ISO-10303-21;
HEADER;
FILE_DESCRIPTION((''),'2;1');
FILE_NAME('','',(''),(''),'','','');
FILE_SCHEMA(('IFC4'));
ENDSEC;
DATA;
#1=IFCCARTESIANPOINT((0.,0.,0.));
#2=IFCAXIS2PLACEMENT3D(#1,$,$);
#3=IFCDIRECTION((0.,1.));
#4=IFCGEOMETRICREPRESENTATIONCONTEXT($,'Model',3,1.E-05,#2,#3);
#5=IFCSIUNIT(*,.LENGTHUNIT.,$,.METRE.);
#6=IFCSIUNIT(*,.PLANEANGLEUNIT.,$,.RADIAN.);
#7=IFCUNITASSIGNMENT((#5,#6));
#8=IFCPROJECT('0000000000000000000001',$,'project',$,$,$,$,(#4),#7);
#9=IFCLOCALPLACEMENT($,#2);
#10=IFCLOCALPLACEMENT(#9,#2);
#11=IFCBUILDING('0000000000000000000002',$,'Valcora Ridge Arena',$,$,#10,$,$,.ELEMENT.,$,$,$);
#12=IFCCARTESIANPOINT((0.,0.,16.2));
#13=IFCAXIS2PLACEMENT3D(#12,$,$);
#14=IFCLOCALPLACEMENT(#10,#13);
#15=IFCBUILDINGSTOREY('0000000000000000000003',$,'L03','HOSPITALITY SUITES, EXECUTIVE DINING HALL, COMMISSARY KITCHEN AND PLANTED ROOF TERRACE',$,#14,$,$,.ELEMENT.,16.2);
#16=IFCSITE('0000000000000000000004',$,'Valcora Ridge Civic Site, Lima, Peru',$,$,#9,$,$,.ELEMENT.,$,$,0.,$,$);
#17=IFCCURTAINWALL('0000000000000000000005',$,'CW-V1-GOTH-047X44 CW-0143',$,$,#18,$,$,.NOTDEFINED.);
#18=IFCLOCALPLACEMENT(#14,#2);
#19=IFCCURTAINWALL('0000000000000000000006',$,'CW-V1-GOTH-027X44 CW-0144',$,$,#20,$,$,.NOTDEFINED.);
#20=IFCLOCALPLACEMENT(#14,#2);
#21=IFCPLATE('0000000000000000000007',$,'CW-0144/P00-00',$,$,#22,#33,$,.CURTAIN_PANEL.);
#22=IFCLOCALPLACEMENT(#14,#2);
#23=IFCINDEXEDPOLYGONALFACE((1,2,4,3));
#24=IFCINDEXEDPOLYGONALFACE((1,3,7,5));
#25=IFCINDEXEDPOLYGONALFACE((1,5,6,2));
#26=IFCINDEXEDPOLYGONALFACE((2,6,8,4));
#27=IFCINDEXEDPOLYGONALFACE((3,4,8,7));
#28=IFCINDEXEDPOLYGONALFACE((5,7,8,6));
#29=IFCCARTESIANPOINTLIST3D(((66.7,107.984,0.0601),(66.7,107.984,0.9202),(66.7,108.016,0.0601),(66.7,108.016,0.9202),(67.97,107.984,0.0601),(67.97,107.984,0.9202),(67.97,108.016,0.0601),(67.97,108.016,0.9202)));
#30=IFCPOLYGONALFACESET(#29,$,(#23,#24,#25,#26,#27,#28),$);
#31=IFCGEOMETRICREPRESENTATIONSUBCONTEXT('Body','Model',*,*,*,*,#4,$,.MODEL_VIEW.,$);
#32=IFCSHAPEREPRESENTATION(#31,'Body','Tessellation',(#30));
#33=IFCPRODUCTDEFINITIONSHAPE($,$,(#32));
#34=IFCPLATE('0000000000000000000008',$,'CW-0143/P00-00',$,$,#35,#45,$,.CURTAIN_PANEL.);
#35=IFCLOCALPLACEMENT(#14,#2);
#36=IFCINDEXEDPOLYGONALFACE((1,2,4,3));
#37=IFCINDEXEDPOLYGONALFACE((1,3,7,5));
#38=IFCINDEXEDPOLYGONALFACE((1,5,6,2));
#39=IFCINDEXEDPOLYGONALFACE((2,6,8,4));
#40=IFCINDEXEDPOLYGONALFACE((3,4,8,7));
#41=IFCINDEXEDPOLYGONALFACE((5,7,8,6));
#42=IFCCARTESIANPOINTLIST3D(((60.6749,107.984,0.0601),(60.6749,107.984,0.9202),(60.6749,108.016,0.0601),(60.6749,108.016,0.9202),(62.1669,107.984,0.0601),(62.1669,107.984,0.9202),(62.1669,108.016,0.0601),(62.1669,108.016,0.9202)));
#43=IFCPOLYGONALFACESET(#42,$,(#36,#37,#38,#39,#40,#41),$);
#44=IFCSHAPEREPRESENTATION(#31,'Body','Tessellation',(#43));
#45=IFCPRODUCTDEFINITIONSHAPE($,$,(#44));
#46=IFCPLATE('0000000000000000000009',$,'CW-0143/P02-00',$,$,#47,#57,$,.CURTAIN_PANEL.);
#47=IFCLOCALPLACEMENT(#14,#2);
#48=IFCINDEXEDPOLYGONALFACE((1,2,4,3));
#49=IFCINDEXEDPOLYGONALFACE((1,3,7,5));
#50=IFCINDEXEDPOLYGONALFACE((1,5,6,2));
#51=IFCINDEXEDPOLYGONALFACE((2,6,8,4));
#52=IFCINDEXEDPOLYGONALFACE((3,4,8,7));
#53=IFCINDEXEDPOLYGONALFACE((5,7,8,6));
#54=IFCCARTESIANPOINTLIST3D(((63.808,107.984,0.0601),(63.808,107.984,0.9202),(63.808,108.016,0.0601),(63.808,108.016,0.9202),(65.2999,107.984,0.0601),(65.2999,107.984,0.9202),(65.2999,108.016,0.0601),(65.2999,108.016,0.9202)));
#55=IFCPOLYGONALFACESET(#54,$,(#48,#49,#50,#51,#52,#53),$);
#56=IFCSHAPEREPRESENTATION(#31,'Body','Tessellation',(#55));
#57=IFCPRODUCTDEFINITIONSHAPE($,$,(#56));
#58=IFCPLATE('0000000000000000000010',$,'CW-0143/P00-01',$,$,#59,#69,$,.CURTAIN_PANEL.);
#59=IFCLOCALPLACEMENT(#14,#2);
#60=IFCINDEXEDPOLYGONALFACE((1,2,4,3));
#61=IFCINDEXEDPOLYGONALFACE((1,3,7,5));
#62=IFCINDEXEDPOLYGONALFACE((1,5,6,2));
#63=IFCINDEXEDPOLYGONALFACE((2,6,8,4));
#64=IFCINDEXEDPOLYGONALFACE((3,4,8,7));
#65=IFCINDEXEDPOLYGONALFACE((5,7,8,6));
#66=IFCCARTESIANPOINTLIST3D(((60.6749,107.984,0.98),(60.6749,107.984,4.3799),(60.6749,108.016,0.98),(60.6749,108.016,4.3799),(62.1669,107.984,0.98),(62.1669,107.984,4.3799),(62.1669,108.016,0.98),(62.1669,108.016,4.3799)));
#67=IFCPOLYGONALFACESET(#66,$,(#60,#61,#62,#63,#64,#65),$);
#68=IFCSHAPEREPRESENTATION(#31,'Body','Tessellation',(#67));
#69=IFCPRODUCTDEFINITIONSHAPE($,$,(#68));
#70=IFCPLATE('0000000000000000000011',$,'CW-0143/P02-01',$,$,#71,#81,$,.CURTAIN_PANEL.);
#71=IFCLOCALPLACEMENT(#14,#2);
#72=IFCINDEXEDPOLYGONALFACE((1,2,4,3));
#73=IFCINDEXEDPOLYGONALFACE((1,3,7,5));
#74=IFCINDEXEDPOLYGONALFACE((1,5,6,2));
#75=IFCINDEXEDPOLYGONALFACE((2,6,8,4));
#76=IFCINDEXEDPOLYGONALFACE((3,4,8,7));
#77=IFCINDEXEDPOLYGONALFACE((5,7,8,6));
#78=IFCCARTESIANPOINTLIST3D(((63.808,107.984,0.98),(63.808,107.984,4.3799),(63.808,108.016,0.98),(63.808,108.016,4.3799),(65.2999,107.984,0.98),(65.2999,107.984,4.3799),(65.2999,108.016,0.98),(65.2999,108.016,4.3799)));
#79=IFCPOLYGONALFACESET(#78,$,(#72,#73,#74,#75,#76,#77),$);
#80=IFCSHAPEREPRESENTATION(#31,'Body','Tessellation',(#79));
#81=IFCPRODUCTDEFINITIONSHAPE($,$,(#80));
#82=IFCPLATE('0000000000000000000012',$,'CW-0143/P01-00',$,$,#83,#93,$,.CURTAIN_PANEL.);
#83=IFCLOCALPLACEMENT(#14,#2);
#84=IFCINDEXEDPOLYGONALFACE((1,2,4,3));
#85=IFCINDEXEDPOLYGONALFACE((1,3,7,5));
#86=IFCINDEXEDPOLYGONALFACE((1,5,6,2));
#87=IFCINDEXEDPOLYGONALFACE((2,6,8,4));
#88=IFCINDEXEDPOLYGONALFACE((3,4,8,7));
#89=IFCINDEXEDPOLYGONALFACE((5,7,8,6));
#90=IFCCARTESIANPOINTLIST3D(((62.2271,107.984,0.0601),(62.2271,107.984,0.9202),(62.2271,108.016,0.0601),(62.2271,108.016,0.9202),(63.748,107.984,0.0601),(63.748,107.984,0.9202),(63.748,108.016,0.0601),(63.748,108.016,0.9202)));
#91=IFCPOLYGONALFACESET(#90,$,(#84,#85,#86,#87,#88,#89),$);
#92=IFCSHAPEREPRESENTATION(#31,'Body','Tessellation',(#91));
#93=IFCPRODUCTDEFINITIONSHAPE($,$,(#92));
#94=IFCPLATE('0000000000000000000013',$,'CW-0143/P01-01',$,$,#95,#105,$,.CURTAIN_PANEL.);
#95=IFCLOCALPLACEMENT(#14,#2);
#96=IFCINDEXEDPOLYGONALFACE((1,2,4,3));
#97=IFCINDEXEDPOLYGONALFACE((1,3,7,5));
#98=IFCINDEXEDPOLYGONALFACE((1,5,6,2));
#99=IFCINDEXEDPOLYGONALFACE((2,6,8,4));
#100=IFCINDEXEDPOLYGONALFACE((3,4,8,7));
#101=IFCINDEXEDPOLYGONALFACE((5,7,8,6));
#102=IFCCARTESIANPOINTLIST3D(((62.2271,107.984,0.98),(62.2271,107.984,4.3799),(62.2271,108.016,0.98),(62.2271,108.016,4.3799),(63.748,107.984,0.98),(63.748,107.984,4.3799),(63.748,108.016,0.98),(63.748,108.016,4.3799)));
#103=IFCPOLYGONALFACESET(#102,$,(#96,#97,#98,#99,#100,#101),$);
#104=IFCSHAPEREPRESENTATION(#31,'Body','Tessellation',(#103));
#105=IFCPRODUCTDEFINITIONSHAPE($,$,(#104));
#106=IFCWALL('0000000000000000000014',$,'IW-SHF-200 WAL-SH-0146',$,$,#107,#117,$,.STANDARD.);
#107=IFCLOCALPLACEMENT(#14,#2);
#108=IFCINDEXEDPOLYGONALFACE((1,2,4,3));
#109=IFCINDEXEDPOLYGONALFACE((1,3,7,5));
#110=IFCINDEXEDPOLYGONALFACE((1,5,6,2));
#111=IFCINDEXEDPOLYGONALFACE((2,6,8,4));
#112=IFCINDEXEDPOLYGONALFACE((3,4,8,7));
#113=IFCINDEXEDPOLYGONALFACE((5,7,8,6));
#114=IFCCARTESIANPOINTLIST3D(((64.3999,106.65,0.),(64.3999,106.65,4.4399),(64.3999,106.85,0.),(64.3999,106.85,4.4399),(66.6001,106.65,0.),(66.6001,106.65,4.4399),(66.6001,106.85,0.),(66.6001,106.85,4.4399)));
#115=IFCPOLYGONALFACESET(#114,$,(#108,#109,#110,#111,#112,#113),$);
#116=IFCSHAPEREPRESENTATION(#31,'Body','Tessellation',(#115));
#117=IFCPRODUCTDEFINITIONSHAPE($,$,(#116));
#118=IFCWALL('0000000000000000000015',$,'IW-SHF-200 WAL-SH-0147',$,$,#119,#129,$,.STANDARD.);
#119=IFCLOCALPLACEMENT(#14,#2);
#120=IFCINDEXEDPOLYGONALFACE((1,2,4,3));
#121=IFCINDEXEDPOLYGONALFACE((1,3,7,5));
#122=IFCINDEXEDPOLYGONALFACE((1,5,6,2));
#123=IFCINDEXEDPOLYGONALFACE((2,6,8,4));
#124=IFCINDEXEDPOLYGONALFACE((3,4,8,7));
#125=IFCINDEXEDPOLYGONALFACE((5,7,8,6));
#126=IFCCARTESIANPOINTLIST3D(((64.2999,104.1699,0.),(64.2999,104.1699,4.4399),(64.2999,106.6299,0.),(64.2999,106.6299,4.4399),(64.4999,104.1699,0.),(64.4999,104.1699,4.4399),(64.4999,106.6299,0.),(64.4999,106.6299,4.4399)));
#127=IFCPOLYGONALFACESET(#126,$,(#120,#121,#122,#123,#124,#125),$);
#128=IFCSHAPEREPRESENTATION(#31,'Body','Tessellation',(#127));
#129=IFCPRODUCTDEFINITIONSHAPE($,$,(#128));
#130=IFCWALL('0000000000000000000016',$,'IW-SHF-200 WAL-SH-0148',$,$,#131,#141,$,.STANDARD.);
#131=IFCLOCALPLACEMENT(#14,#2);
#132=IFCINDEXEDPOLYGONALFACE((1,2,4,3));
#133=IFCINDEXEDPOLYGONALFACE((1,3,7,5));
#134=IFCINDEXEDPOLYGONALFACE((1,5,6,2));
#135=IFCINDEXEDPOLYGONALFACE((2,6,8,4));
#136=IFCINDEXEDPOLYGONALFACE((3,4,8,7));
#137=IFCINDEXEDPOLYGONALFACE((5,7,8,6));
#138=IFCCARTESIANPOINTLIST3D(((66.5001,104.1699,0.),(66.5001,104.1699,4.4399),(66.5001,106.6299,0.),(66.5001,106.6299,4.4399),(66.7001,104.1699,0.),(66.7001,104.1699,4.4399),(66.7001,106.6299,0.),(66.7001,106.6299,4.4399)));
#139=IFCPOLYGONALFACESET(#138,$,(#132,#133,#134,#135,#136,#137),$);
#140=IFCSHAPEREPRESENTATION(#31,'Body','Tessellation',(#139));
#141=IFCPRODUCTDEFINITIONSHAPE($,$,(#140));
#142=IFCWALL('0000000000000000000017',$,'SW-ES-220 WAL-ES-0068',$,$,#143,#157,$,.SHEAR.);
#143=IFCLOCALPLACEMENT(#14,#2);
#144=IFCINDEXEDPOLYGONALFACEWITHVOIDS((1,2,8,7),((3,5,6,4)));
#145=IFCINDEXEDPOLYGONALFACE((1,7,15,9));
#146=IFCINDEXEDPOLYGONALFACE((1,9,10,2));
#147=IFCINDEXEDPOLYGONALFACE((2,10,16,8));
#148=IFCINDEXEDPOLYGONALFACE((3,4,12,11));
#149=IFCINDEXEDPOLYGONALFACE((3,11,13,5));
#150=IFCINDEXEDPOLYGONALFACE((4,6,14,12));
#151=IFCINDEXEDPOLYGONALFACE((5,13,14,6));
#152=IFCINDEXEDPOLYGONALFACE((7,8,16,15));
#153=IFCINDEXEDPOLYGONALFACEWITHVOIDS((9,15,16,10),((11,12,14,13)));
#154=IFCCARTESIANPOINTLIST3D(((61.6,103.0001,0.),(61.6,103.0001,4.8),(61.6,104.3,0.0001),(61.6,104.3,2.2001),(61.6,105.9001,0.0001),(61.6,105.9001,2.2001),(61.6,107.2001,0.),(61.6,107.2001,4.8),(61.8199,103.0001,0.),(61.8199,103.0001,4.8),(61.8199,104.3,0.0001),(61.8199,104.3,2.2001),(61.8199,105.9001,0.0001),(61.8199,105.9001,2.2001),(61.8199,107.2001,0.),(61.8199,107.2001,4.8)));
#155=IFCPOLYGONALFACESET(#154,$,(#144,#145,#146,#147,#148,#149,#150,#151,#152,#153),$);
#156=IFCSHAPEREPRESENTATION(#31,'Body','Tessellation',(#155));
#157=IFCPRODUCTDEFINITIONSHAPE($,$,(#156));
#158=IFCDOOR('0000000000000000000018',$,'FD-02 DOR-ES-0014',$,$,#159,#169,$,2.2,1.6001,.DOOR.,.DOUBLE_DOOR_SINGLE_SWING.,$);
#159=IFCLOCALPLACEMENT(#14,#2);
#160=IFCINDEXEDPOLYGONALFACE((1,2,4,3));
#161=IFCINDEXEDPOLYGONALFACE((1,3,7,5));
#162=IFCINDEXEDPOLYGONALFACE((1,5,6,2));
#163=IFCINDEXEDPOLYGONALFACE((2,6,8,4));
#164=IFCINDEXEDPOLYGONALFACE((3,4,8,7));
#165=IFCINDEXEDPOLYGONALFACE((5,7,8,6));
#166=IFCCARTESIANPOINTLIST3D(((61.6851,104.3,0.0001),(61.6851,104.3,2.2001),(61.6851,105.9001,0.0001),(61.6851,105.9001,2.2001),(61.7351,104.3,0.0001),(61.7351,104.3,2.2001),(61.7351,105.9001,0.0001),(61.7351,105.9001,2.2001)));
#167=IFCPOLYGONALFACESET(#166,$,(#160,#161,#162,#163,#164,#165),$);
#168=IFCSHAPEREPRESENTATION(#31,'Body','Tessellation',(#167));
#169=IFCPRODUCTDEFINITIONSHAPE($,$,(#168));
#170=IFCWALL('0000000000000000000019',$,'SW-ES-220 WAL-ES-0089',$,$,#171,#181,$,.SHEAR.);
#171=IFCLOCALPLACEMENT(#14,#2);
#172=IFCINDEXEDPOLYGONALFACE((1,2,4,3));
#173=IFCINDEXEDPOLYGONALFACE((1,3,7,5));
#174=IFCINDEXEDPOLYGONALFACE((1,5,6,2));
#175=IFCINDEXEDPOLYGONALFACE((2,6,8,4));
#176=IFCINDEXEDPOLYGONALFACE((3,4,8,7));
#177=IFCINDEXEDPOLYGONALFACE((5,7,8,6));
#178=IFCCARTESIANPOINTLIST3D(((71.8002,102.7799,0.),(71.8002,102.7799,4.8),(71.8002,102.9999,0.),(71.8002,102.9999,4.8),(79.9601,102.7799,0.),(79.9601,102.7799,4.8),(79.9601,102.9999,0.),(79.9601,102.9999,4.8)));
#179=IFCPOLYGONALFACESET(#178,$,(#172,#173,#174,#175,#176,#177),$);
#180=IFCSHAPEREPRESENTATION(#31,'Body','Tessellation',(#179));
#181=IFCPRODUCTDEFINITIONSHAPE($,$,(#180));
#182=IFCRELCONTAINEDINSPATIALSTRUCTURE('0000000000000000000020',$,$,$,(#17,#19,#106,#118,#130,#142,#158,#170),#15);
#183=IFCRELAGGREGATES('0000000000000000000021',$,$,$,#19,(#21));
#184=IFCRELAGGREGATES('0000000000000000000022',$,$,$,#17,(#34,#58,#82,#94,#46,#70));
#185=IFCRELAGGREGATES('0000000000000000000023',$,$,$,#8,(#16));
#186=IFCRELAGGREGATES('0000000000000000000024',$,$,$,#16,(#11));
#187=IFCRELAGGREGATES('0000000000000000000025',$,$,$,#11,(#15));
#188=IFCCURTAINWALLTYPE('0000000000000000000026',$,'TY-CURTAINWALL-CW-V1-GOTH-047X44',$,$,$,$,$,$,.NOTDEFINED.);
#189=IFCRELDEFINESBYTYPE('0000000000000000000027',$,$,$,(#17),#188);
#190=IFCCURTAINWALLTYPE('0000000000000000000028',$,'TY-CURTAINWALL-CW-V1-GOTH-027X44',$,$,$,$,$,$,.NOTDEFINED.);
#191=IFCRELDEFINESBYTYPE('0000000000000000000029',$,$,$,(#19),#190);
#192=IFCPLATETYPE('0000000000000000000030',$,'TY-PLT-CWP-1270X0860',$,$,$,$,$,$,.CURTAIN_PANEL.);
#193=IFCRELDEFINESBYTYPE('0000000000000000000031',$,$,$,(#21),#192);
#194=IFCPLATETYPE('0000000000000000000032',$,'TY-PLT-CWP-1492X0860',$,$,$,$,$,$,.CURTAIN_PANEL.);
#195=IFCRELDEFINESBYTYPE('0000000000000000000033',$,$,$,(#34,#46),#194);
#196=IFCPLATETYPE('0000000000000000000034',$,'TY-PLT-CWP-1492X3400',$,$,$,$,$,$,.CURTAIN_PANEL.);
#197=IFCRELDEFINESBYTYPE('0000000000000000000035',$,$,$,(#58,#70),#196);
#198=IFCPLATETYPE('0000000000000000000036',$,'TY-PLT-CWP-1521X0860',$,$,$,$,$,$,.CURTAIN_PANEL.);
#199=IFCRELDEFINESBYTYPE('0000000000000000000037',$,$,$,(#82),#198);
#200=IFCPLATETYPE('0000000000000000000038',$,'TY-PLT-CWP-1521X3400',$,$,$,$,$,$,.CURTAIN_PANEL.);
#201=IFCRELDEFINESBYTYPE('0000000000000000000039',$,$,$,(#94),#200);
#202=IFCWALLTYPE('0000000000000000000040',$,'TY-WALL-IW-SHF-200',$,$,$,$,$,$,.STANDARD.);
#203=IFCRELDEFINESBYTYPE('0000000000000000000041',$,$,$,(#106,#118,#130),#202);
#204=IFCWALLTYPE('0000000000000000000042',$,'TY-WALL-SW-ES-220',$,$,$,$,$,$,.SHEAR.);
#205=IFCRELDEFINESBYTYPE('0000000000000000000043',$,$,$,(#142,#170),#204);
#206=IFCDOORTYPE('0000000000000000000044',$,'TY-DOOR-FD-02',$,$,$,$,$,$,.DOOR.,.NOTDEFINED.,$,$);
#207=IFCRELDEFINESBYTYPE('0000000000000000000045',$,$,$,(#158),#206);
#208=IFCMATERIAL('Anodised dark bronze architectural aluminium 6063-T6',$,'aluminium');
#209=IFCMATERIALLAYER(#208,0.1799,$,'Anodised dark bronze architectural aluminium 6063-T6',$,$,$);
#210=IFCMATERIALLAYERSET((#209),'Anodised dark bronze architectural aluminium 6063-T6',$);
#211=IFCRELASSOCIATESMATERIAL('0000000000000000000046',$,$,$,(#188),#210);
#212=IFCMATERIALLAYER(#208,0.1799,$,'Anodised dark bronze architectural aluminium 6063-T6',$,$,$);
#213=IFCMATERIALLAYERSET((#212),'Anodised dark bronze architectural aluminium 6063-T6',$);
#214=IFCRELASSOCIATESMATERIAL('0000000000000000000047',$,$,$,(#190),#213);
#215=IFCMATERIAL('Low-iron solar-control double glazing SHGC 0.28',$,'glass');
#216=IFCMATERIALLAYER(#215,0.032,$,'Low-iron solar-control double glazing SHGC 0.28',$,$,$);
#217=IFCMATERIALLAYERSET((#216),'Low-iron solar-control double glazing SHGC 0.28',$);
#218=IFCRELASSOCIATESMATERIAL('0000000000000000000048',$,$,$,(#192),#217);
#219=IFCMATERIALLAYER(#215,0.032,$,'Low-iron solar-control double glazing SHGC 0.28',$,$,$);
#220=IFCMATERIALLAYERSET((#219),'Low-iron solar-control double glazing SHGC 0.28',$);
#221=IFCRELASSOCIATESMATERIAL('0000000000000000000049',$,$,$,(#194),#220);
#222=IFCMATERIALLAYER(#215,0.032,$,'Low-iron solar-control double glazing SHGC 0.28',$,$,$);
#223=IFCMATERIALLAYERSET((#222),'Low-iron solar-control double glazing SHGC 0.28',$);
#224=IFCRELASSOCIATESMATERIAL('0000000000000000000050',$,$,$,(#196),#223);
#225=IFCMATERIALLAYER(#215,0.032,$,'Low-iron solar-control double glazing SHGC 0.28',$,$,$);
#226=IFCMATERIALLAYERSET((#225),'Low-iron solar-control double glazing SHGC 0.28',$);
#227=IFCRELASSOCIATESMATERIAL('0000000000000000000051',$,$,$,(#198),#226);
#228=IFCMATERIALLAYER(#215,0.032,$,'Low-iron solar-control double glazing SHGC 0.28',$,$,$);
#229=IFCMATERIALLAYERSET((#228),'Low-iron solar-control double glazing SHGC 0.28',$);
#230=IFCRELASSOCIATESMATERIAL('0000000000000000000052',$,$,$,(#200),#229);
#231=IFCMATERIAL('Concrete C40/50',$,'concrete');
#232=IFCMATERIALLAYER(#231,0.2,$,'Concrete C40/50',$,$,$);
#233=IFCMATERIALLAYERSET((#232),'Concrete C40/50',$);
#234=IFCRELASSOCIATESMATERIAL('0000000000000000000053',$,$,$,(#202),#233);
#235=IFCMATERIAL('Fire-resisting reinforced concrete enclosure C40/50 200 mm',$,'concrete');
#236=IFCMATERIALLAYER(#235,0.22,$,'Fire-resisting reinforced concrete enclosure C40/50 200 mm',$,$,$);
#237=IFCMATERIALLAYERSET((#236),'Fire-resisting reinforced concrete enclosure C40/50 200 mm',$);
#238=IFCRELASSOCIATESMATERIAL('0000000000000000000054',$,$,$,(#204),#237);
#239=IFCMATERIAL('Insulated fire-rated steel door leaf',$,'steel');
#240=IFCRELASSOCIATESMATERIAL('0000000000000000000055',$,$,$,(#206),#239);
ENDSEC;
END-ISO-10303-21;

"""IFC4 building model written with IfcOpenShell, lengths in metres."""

from ifc_helpers import new_model, si_unit, direction, frame, frame_2d, origin, origin_2d, place, context, subcontext, project, spatial, rectangle, extrude, material, layer, layer_set, type_object, element, fill, aggregate, save


model = new_model("IFC4")

# Units and contexts
model_context = context("Model", 3, precision=1e-05, world=origin(), true_north=direction((0.0, 1.0)))
body_context = subcontext(model_context, "Body", "Model", "MODEL_VIEW")
ifc_project = project(units=[si_unit("LENGTHUNIT", "METRE"), si_unit("PLANEANGLEUNIT", "RADIAN")], contexts=[model_context])

# Site, building, storey
site_placement = place(None, origin())
site = spatial("IfcSite", under=ifc_project, at=site_placement, Name="Valcora Ridge Civic Site, Lima, Peru", CompositionType="ELEMENT", RefElevation=0.0)
building_placement = place(site_placement, origin())
building = spatial("IfcBuilding", under=site, at=building_placement, Name="Valcora Ridge Arena", CompositionType="ELEMENT")
storey_placement = place(building_placement, frame((0.0, 0.0, 16.2)))
storey = spatial("IfcBuildingStorey", under=building, at=storey_placement, Name="L03", Description="HOSPITALITY SUITES, EXECUTIVE DINING HALL, COMMISSARY KITCHEN AND PLANTED ROOF TERRACE", CompositionType="ELEMENT", Elevation=16.2)

# Curtain wall
ifc_material_1 = material(Name="Anodised dark bronze architectural aluminium 6063-T6", Category="aluminium")
ifc_layer_1 = layer(ifc_material_1, 0.1799, Name="Anodised dark bronze architectural aluminium 6063-T6")
ifc_layer_set_1 = layer_set([ifc_layer_1], Name="Anodised dark bronze architectural aluminium 6063-T6")
curtain_wall_type_1 = type_object("IfcCurtainWallType", Name="TY-CURTAINWALL-CW-V1-GOTH-047X44", PredefinedType="NOTDEFINED", material=ifc_layer_set_1)
curtain_wall_1_placement = place(storey_placement, origin())
curtain_wall_1 = element("IfcCurtainWall", 1, at=curtain_wall_1_placement, inside=storey, type_object=curtain_wall_type_1, Name="CW-V1-GOTH-047X44 CW-0143", PredefinedType="NOTDEFINED")

# Curtain wall
ifc_layer_2 = layer(ifc_material_1, 0.1799, Name="Anodised dark bronze architectural aluminium 6063-T6")
ifc_layer_set_2 = layer_set([ifc_layer_2], Name="Anodised dark bronze architectural aluminium 6063-T6")
curtain_wall_type_2 = type_object("IfcCurtainWallType", Name="TY-CURTAINWALL-CW-V1-GOTH-027X44", PredefinedType="NOTDEFINED", material=ifc_layer_set_2)
curtain_wall_2_placement = place(storey_placement, origin())
curtain_wall_2 = element("IfcCurtainWall", 2, at=curtain_wall_2_placement, inside=storey, type_object=curtain_wall_type_2, Name="CW-V1-GOTH-027X44 CW-0144", PredefinedType="NOTDEFINED")

# Plates
ifc_material_2 = material(Name="Low-iron solar-control double glazing SHGC 0.28", Category="glass")
ifc_layer_3 = layer(ifc_material_2, 0.032, Name="Low-iron solar-control double glazing SHGC 0.28")
ifc_layer_set_3 = layer_set([ifc_layer_3], Name="Low-iron solar-control double glazing SHGC 0.28")
plate_type_1 = type_object("IfcPlateType", Name="TY-PLT-CWP-1270X0860", PredefinedType="CURTAIN_PANEL", material=ifc_layer_set_3)
plate_1_placement = place(storey_placement, frame((67.335, 108.0, 0.0601), z_axis=(0.0, 0.0, 1.0), x_axis=(1.0, 0.0, 0.0)))
plate_1 = element("IfcPlate", 3, at=plate_1_placement, type_object=plate_type_1, Name="CW-0144/P00-00", PredefinedType="CURTAIN_PANEL", context=body_context, shape_type="SweptSolid", body=[
    extrude(rectangle(XDim=1.27, YDim=0.032, at=origin_2d()), origin(), (0.0, 0.0, 1.0), 0.8601),
])
aggregate(curtain_wall_2, [plate_1])
ifc_layer_4 = layer(ifc_material_2, 0.032, Name="Low-iron solar-control double glazing SHGC 0.28")
ifc_layer_set_4 = layer_set([ifc_layer_4], Name="Low-iron solar-control double glazing SHGC 0.28")
plate_type_2 = type_object("IfcPlateType", Name="TY-PLT-CWP-1492X0860", PredefinedType="CURTAIN_PANEL", material=ifc_layer_set_4)
plate_2_placement = place(storey_placement, frame((61.4209, 108.0, 0.0601), z_axis=(0.0, 0.0, 1.0), x_axis=(1.0, 0.0, 0.0)))
plate_2 = element("IfcPlate", 4, at=plate_2_placement, type_object=plate_type_2, Name="CW-0143/P00-00", PredefinedType="CURTAIN_PANEL", context=body_context, shape_type="SweptSolid", body=[
    extrude(rectangle(XDim=1.4919, YDim=0.032, at=origin_2d()), origin(), (0.0, 0.0, 1.0), 0.8601),
])
plate_3_placement = place(storey_placement, frame((64.554, 108.0, 0.0601), z_axis=(0.0, 0.0, 1.0), x_axis=(1.0, 0.0, 0.0)))
plate_3 = element("IfcPlate", 5, at=plate_3_placement, type_object=plate_type_2, Name="CW-0143/P02-00", PredefinedType="CURTAIN_PANEL", context=body_context, shape_type="SweptSolid", body=[
    extrude(rectangle(XDim=1.4919, YDim=0.032, at=origin_2d()), origin(), (0.0, 0.0, 1.0), 0.8601),
])
ifc_layer_5 = layer(ifc_material_2, 0.032, Name="Low-iron solar-control double glazing SHGC 0.28")
ifc_layer_set_5 = layer_set([ifc_layer_5], Name="Low-iron solar-control double glazing SHGC 0.28")
plate_type_3 = type_object("IfcPlateType", Name="TY-PLT-CWP-1492X3400", PredefinedType="CURTAIN_PANEL", material=ifc_layer_set_5)
plate_4_placement = place(storey_placement, frame((61.4209, 108.0, 0.98), z_axis=(0.0, 0.0, 1.0), x_axis=(1.0, 0.0, 0.0)))
plate_4 = element("IfcPlate", 6, at=plate_4_placement, type_object=plate_type_3, Name="CW-0143/P00-01", PredefinedType="CURTAIN_PANEL", context=body_context, shape_type="SweptSolid", body=[
    extrude(rectangle(XDim=1.4919, YDim=0.032, at=origin_2d()), origin(), (0.0, 0.0, 1.0), 3.3999),
])
plate_5_placement = place(storey_placement, frame((64.554, 108.0, 0.98), z_axis=(0.0, 0.0, 1.0), x_axis=(1.0, 0.0, 0.0)))
plate_5 = element("IfcPlate", 7, at=plate_5_placement, type_object=plate_type_3, Name="CW-0143/P02-01", PredefinedType="CURTAIN_PANEL", context=body_context, shape_type="SweptSolid", body=[
    extrude(rectangle(XDim=1.4919, YDim=0.032, at=origin_2d()), origin(), (0.0, 0.0, 1.0), 3.3999),
])
ifc_layer_6 = layer(ifc_material_2, 0.032, Name="Low-iron solar-control double glazing SHGC 0.28")
ifc_layer_set_6 = layer_set([ifc_layer_6], Name="Low-iron solar-control double glazing SHGC 0.28")
plate_type_4 = type_object("IfcPlateType", Name="TY-PLT-CWP-1521X0860", PredefinedType="CURTAIN_PANEL", material=ifc_layer_set_6)
plate_6_placement = place(storey_placement, frame((62.9875, 108.0, 0.0601), z_axis=(0.0, 0.0, 1.0), x_axis=(1.0, 0.0, 0.0)))
plate_6 = element("IfcPlate", 8, at=plate_6_placement, type_object=plate_type_4, Name="CW-0143/P01-00", PredefinedType="CURTAIN_PANEL", context=body_context, shape_type="SweptSolid", body=[
    extrude(rectangle(XDim=1.521, YDim=0.032, at=origin_2d()), origin(), (0.0, 0.0, 1.0), 0.8601),
])
ifc_layer_7 = layer(ifc_material_2, 0.032, Name="Low-iron solar-control double glazing SHGC 0.28")
ifc_layer_set_7 = layer_set([ifc_layer_7], Name="Low-iron solar-control double glazing SHGC 0.28")
plate_type_5 = type_object("IfcPlateType", Name="TY-PLT-CWP-1521X3400", PredefinedType="CURTAIN_PANEL", material=ifc_layer_set_7)
plate_7_placement = place(storey_placement, frame((62.9875, 108.0, 0.98), z_axis=(0.0, 0.0, 1.0), x_axis=(1.0, 0.0, 0.0)))
plate_7 = element("IfcPlate", 9, at=plate_7_placement, type_object=plate_type_5, Name="CW-0143/P01-01", PredefinedType="CURTAIN_PANEL", context=body_context, shape_type="SweptSolid", body=[
    extrude(rectangle(XDim=1.521, YDim=0.032, at=origin_2d()), origin(), (0.0, 0.0, 1.0), 3.3999),
])
aggregate(curtain_wall_1, [plate_2, plate_4, plate_6, plate_7, plate_3, plate_5])

# Shared definitions
ifc_material_3 = material(Name="Concrete C40/50", Category="concrete")
ifc_layer_8 = layer(ifc_material_3, 0.2, Name="Concrete C40/50")
ifc_layer_set_8 = layer_set([ifc_layer_8], Name="Concrete C40/50")
wall_type_1 = type_object("IfcWallType", Name="TY-WALL-IW-SHF-200", PredefinedType="STANDARD", material=ifc_layer_set_8)

# Walls
wall_1_placement = place(storey_placement, frame((64.3999, 106.75, 0.0), z_axis=(0.0, 0.0, 1.0), x_axis=(1.0, 0.0, 0.0)))
element("IfcWall", 10, at=wall_1_placement, inside=storey, type_object=wall_type_1, Name="IW-SHF-200 WAL-SH-0146", PredefinedType="STANDARD", context=body_context, shape_type="SweptSolid", body=[
    extrude(rectangle(XDim=2.2002, YDim=0.2, at=frame_2d((1.1001, 0.0))), origin(), (0.0, 0.0, 1.0), 4.4399),
])
for number, where, z_axis, x_axis, name in (
    (11, (64.3999, 104.1699, 0.0), (0.0, 0.0, 1.0), (0.0, 1.0, 0.0), "IW-SHF-200 WAL-SH-0147"),
    (12, (66.6001, 104.1699, 0.0), (0.0, 0.0, 1.0), (0.0, 1.0, 0.0), "IW-SHF-200 WAL-SH-0148"),
):
    element("IfcWall", number, at=place(storey_placement, frame(where, z_axis=z_axis, x_axis=x_axis)), inside=storey, type_object=wall_type_1, Name=name, PredefinedType="STANDARD", context=body_context, shape_type="SweptSolid", body=[
        extrude(rectangle(XDim=2.46, YDim=0.2, at=frame_2d((1.23, 0.0))), origin(), (0.0, 0.0, 1.0), 4.4399),
    ])

# Wall, opening, door
ifc_material_4 = material(Name="Fire-resisting reinforced concrete enclosure C40/50 200 mm", Category="concrete")
ifc_layer_9 = layer(ifc_material_4, 0.22, Name="Fire-resisting reinforced concrete enclosure C40/50 200 mm")
ifc_layer_set_9 = layer_set([ifc_layer_9], Name="Fire-resisting reinforced concrete enclosure C40/50 200 mm")
wall_type_2 = type_object("IfcWallType", Name="TY-WALL-SW-ES-220", PredefinedType="SHEAR", material=ifc_layer_set_9)
wall_2_placement = place(storey_placement, frame((61.71, 103.0, 0.0), z_axis=(0.0, 0.0, 1.0), x_axis=(0.0, 1.0, 0.0)))
wall_2 = element("IfcWall", 13, at=wall_2_placement, inside=storey, type_object=wall_type_2, Name="SW-ES-220 WAL-ES-0068", PredefinedType="SHEAR", context=body_context, shape_type="SweptSolid", body=[
    extrude(rectangle(XDim=4.2, YDim=0.22, at=frame_2d((2.1001, 0.0))), origin(), (0.0, 0.0, 1.0), 4.8),
])
opening_1_placement = place(wall_2_placement, frame((1.3, 0.0, 0.0)))
opening_1 = element("IfcOpeningElement", 14, at=opening_1_placement, cuts=wall_2, PredefinedType="OPENING", context=body_context, shape_type="SweptSolid", body=[
    extrude(rectangle(XDim=1.6001, YDim=2.2, at=frame_2d((0.8, 1.1001))), frame((0.0, 0.1199, 0.0), z_axis=(0.0, -1.0, 0.0), x_axis=(1.0, 0.0, 0.0)), (0.0, 0.0, 1.0), 0.24),
])
ifc_material_5 = material(Name="Insulated fire-rated steel door leaf", Category="steel")
door_type_1 = type_object("IfcDoorType", Name="TY-DOOR-FD-02", OperationType="NOTDEFINED", PredefinedType="DOOR", material=ifc_material_5)
door_1_placement = place(opening_1_placement, origin())
door_1 = element("IfcDoor", 15, at=door_1_placement, inside=storey, type_object=door_type_1, Name="FD-02 DOR-ES-0014", OperationType="DOUBLE_DOOR_SINGLE_SWING", OverallHeight=2.2, OverallWidth=1.6001, PredefinedType="DOOR", context=body_context, shape_type="SweptSolid", body=[
    extrude(rectangle(XDim=1.6001, YDim=2.2, at=frame_2d((0.8, 1.1001))), frame((0.0, 0.0249, 0.0), z_axis=(0.0, -1.0, 0.0), x_axis=(1.0, 0.0, 0.0)), (0.0, 0.0, 1.0), 0.05),
])
fill(opening_1, door_1)

# Wall
for number, where, z_axis, x_axis, name in (
    (16, (71.8, 102.8899, 0.0), (0.0, 0.0, 1.0), (1.0, 0.0, 0.0), "SW-ES-220 WAL-ES-0089"),
):
    element("IfcWall", number, at=place(storey_placement, frame(where, z_axis=z_axis, x_axis=x_axis)), inside=storey, type_object=wall_type_2, Name=name, PredefinedType="SHEAR", context=body_context, shape_type="SweptSolid", body=[
        extrude(rectangle(XDim=8.1599, YDim=0.22, at=frame_2d((4.0801, 0.0))), origin(), (0.0, 0.0, 1.0), 4.8),
    ])

save(model, "model.ifc")
